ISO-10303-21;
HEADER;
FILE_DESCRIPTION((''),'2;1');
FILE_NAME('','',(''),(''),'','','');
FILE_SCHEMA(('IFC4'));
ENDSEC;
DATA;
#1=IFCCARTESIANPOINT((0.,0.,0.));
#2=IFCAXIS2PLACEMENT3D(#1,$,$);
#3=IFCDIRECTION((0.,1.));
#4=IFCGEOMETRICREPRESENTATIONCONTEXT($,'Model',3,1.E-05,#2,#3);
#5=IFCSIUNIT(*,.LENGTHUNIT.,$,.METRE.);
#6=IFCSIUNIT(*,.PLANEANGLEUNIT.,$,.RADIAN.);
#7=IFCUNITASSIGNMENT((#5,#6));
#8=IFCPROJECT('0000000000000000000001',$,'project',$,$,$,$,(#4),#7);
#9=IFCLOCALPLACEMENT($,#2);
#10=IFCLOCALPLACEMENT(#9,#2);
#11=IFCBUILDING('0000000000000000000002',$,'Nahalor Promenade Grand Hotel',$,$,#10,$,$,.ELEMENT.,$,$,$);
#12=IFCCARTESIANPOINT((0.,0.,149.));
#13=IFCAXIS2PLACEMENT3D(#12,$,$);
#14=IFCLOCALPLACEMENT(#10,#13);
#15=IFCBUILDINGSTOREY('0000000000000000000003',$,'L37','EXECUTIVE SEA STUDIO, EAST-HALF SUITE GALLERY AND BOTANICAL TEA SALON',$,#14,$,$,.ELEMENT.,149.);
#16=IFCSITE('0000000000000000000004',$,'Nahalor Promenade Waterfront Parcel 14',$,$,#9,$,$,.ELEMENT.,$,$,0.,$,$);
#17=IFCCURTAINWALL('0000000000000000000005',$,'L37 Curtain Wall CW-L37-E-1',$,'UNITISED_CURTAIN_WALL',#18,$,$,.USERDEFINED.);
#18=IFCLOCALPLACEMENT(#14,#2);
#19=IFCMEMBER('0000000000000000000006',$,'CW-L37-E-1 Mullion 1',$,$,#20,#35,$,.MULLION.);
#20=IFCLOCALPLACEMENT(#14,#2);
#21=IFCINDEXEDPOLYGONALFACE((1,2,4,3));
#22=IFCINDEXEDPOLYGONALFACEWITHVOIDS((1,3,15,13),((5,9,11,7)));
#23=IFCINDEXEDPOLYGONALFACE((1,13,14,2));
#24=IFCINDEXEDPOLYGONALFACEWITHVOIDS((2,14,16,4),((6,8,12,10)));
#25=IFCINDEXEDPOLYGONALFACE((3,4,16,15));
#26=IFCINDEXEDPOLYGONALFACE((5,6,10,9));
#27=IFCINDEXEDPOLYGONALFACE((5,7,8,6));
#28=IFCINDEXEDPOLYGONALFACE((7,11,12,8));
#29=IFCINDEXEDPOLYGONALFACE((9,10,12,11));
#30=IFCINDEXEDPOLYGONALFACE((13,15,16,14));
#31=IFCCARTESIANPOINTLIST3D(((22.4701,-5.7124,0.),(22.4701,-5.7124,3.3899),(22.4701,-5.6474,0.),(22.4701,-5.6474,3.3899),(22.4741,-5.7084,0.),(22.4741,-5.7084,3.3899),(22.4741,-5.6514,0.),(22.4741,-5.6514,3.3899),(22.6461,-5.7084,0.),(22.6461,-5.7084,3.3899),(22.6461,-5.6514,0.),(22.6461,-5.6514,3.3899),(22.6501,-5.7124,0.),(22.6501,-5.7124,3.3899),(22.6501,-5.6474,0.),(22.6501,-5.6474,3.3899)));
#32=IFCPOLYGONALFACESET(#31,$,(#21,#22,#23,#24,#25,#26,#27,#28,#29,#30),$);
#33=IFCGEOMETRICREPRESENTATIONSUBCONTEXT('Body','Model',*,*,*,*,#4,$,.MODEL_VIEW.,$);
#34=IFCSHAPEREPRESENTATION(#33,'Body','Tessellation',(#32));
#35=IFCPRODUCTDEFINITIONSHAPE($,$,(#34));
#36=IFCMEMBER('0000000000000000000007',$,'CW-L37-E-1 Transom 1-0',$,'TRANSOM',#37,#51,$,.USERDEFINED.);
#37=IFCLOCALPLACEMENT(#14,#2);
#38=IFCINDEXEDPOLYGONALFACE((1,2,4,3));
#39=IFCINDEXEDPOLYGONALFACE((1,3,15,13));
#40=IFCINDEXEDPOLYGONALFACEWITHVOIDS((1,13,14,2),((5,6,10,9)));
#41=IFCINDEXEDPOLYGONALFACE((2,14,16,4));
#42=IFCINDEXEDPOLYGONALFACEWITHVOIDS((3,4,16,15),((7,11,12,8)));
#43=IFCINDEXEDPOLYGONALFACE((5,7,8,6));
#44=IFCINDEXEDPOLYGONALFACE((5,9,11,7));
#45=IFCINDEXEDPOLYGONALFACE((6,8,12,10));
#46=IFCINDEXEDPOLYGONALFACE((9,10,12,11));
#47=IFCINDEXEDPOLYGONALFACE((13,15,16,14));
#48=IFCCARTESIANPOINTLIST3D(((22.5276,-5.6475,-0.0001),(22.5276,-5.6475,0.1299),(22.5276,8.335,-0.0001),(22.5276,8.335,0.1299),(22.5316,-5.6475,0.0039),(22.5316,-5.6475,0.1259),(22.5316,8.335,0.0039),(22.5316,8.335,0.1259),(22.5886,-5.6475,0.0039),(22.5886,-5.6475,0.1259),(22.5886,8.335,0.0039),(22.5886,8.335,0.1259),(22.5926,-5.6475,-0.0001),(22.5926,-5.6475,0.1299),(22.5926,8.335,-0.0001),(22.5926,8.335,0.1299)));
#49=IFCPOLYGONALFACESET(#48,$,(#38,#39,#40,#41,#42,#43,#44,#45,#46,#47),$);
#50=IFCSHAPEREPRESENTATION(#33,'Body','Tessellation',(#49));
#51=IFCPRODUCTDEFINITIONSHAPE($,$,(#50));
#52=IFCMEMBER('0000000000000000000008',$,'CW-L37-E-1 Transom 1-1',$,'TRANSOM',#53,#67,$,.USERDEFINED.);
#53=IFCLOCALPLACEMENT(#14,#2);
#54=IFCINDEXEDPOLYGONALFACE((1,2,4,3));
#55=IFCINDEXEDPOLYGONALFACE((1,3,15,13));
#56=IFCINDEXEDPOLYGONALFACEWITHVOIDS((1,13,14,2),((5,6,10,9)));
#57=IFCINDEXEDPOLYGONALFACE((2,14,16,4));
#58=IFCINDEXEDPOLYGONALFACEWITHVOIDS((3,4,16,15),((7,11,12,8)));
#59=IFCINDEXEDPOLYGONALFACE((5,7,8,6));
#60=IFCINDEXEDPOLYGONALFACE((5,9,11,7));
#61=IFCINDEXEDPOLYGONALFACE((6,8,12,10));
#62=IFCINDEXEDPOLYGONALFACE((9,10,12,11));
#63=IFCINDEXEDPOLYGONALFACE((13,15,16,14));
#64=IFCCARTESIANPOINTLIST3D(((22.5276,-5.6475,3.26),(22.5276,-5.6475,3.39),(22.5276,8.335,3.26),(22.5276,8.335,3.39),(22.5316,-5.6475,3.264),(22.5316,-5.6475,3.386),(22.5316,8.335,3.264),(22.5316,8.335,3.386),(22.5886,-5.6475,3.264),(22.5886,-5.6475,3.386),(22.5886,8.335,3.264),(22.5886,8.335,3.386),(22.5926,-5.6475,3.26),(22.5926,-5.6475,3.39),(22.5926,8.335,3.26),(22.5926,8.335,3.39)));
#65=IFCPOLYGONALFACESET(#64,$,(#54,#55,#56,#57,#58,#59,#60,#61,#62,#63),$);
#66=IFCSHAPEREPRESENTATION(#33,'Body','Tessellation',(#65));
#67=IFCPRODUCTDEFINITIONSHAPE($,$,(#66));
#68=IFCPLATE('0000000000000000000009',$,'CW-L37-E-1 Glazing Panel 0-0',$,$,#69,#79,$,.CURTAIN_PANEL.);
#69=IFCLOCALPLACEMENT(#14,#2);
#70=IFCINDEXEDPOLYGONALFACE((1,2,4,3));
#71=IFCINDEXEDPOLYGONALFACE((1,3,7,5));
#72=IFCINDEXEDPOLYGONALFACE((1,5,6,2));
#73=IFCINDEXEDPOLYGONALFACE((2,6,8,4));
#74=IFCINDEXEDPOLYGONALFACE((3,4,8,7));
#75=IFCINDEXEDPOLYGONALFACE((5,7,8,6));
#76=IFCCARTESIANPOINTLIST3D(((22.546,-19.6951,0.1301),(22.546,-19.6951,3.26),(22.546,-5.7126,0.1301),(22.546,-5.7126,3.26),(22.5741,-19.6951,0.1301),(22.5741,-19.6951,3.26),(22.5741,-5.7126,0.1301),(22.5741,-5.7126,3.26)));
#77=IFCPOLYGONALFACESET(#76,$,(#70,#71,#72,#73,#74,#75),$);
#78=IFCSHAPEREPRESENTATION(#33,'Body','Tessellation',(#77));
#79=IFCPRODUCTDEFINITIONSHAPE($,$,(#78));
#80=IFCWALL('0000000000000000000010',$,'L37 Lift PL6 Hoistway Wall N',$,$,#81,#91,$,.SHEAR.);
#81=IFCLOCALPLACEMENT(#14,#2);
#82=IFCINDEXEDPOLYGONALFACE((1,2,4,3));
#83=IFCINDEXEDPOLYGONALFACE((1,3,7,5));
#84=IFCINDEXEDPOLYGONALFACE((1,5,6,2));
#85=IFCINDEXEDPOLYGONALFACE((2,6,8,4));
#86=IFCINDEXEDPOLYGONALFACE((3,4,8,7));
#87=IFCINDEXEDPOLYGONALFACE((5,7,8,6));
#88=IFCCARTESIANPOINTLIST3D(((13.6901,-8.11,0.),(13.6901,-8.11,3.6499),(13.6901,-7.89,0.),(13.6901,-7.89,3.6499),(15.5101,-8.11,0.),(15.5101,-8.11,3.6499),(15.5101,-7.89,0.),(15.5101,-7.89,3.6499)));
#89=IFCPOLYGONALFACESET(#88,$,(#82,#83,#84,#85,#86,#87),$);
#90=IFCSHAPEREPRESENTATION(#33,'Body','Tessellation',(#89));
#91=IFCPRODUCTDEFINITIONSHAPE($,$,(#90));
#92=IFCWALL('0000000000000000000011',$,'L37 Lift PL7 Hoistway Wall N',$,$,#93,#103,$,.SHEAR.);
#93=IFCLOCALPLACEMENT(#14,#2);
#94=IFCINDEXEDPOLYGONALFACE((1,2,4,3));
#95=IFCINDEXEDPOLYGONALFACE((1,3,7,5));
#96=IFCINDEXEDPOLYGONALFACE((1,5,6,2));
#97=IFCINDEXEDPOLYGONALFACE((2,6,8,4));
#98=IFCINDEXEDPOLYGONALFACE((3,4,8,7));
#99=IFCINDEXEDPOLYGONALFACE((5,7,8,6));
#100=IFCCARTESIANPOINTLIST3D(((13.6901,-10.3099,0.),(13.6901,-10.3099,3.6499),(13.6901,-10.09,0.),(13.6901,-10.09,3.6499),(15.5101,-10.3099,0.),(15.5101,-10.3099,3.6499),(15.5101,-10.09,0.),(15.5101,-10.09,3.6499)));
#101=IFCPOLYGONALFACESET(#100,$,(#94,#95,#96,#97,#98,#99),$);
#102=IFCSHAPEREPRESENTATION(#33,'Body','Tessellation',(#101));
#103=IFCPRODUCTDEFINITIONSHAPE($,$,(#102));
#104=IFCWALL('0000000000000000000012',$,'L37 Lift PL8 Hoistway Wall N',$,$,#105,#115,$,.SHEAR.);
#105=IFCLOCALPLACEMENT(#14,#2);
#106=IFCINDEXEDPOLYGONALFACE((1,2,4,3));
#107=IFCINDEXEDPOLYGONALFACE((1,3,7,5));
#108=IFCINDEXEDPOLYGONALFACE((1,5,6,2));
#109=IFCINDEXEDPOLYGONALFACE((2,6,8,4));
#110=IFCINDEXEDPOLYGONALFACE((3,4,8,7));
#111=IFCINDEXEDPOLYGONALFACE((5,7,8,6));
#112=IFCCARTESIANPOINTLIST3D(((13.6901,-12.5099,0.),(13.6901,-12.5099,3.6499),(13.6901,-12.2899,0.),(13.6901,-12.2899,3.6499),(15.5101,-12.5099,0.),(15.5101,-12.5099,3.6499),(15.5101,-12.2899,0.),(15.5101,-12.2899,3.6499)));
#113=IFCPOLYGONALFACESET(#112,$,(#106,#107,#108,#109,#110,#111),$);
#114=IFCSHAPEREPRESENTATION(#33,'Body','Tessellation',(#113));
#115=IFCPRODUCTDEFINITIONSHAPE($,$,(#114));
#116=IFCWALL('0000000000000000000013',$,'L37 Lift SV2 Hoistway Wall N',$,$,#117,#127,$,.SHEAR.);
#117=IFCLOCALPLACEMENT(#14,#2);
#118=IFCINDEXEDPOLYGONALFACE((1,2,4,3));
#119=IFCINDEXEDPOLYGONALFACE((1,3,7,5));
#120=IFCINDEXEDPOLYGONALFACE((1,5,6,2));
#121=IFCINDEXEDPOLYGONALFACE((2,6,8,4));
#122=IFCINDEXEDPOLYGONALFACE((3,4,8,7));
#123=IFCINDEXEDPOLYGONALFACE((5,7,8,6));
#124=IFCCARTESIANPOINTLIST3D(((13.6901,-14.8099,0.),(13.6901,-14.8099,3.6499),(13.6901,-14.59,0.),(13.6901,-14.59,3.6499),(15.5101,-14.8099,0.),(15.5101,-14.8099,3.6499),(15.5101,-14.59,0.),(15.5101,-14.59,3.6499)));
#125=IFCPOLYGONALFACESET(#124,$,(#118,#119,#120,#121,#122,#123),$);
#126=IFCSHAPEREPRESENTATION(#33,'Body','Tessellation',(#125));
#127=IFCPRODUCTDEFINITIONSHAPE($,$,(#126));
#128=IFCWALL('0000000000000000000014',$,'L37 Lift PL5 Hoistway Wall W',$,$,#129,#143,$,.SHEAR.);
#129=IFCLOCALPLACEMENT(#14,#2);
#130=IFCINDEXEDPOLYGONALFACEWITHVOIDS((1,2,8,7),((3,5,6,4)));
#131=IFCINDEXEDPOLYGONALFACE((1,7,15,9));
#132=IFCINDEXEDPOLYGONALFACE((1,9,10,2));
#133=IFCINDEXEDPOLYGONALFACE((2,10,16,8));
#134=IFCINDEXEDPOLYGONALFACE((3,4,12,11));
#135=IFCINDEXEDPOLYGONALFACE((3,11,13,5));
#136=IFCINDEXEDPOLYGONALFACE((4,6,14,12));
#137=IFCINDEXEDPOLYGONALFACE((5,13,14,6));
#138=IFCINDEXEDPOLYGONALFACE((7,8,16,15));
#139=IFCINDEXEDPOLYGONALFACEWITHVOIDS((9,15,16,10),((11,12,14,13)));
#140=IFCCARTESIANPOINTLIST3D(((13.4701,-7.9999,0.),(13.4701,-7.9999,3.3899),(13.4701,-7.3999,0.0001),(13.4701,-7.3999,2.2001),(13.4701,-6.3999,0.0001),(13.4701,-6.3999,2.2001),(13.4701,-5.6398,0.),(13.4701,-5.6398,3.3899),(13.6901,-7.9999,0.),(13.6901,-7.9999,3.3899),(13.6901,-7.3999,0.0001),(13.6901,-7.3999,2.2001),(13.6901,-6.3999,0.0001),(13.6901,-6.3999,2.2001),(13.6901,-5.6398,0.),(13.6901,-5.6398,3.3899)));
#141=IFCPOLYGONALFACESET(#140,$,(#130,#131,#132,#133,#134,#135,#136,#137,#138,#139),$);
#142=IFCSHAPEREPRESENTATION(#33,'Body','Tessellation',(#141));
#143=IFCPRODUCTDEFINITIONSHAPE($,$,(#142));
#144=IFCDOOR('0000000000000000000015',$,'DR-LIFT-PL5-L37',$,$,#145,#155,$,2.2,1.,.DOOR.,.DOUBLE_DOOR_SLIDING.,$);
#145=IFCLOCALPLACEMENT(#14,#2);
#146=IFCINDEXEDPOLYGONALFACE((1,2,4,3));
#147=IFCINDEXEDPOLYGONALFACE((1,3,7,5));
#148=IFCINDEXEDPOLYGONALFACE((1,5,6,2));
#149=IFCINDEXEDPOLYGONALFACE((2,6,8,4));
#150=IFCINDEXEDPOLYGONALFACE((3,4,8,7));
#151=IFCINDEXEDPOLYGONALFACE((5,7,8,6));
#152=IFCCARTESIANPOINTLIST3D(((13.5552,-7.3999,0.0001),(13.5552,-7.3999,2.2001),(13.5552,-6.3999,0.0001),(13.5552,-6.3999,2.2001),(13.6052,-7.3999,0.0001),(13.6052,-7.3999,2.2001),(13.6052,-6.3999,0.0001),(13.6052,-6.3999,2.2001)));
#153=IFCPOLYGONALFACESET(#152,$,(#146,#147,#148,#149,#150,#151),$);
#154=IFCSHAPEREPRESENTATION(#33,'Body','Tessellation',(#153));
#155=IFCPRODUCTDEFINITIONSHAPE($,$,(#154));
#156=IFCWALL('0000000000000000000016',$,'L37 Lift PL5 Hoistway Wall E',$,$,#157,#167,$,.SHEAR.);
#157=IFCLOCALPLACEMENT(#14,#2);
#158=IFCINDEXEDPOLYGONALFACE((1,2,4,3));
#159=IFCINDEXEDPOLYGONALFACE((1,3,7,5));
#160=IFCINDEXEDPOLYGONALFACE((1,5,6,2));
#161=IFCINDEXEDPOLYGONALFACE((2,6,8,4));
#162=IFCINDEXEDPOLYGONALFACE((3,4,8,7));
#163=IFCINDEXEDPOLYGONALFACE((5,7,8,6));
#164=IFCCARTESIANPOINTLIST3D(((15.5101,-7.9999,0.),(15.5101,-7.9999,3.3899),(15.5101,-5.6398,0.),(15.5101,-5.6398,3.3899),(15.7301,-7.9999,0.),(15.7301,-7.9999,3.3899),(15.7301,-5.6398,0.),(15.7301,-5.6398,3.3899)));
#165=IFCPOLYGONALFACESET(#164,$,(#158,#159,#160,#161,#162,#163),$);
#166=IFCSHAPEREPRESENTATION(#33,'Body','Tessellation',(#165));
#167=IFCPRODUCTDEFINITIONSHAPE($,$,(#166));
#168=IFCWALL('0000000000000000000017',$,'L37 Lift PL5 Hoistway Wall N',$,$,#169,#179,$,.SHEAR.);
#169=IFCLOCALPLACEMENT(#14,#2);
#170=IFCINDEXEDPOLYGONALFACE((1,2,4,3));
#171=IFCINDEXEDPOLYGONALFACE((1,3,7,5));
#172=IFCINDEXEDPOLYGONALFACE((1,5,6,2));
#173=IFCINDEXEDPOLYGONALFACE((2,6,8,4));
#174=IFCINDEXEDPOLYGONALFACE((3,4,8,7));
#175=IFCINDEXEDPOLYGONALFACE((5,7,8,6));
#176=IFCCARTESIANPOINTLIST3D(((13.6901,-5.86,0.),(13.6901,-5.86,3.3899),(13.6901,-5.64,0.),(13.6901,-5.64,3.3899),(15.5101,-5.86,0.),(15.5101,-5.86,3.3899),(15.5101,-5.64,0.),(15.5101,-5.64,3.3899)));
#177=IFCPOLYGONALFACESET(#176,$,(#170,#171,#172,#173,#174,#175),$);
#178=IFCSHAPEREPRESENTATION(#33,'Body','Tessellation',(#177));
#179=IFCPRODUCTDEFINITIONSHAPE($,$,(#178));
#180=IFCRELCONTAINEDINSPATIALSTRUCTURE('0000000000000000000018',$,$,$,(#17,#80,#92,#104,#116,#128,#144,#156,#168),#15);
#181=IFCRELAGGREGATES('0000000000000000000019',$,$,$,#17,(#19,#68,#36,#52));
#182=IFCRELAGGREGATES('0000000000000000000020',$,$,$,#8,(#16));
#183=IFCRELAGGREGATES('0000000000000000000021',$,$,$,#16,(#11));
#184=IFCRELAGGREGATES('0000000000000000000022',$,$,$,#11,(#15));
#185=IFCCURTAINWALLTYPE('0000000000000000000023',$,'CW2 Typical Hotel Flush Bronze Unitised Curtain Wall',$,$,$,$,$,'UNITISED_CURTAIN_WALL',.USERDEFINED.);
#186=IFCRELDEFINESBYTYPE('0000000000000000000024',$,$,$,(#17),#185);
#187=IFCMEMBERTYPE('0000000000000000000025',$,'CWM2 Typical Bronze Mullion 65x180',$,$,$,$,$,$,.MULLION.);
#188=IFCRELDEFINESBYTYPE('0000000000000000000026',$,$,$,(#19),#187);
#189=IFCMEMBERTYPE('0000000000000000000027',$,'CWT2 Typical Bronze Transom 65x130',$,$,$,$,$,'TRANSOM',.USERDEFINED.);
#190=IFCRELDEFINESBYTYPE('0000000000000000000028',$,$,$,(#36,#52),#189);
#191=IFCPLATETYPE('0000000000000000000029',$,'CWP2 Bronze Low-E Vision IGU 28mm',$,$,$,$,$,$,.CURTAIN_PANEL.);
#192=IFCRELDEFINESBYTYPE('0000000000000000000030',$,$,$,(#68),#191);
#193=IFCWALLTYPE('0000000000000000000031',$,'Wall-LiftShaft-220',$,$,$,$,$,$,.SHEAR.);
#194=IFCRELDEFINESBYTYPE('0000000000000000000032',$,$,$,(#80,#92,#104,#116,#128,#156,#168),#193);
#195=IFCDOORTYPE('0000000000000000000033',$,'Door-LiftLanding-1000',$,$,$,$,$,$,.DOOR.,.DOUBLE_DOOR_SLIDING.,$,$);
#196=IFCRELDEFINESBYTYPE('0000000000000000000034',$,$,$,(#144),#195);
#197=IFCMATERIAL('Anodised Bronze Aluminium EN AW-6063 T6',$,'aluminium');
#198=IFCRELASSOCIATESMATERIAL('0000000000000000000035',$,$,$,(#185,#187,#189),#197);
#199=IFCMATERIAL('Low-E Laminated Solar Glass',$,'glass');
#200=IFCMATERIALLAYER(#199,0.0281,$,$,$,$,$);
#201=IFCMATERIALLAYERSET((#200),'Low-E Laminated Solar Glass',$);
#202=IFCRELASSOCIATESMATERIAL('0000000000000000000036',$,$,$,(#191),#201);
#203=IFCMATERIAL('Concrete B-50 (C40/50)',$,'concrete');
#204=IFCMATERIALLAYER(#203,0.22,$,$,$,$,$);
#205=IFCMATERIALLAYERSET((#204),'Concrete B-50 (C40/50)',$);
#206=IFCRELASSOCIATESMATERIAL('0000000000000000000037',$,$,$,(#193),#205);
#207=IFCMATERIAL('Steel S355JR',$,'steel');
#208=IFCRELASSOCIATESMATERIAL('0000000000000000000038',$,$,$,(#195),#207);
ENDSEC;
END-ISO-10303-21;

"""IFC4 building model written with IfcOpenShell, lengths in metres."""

from ifc_helpers import new_model, si_unit, direction, frame, frame_2d, origin, origin_2d, place, context, subcontext, project, spatial, rectangle, hollow_rectangle, extrude, source, transform, mapped, material, layer, layer_set, material_profile, profile_set, type_object, element, fill, aggregate, save


model = new_model("IFC4")

# Units and contexts
model_context = context("Model", 3, precision=1e-05, world=origin(), true_north=direction((0.0, 1.0)))
body_context = subcontext(model_context, "Body", "Model", "MODEL_VIEW")
ifc_project = project(units=[si_unit("LENGTHUNIT", "METRE"), si_unit("PLANEANGLEUNIT", "RADIAN")], contexts=[model_context])

# Site, building, storey
site_placement = place(None, origin())
site = spatial("IfcSite", under=ifc_project, at=site_placement, Name="Nahalor Promenade Waterfront Parcel 14", CompositionType="ELEMENT", RefElevation=0.0)
building_placement = place(site_placement, origin())
building = spatial("IfcBuilding", under=site, at=building_placement, Name="Nahalor Promenade Grand Hotel", CompositionType="ELEMENT")
storey_placement = place(building_placement, frame((0.0, 0.0, 149.0)))
storey = spatial("IfcBuildingStorey", under=building, at=storey_placement, Name="L37", Description="EXECUTIVE SEA STUDIO, EAST-HALF SUITE GALLERY AND BOTANICAL TEA SALON", CompositionType="ELEMENT", Elevation=149.0)

# Shared definitions
ifc_material_1 = material(Name="Steel S355JR", Category="steel")

# Curtain wall, members, plate
ifc_material_2 = material(Name="Anodised Bronze Aluminium EN AW-6063 T6", Category="aluminium")
curtain_wall_type = type_object("IfcCurtainWallType", Name="CW2 Typical Hotel Flush Bronze Unitised Curtain Wall", ElementType="UNITISED_CURTAIN_WALL", PredefinedType="USERDEFINED", material=ifc_material_2)
curtain_wall_placement = place(storey_placement, origin())
curtain_wall = element("IfcCurtainWall", 1, at=curtain_wall_placement, inside=storey, type_object=curtain_wall_type, Name="L37 Curtain Wall CW-L37-E-1", ObjectType="UNITISED_CURTAIN_WALL", PredefinedType="USERDEFINED")
ifc_material_profile_1 = material_profile(ifc_material_2, hollow_rectangle(XDim=0.065, YDim=0.18, WallThickness=0.004, at=origin_2d()), Name="CWM 65x180x4")
ifc_profile_set_1 = profile_set([ifc_material_profile_1], Name="Anodised Bronze Aluminium EN AW-6063 T6")
member_type_1 = type_object("IfcMemberType", Name="CWM2 Typical Bronze Mullion 65x180", PredefinedType="MULLION", material=ifc_profile_set_1)
shared_shape_1 = source(origin(), body_context, "Body", "SweptSolid", [
    extrude(hollow_rectangle(XDim=0.065, YDim=0.18, WallThickness=0.004, at=origin_2d()), origin(), (0.0, 0.0, 1.0), 3.3899),
])
member_1_placement = place(storey_placement, frame((22.5601, -5.6799, 0.0), z_axis=(0.0, 0.0, 1.0), x_axis=(0.0, 1.0, 0.0)))
member_1 = element("IfcMember", 2, at=member_1_placement, type_object=member_type_1, Name="CW-L37-E-1 Mullion 1", PredefinedType="MULLION", context=body_context, shape_type="MappedRepresentation", body=[
    mapped(shared_shape_1, transform((0.0, 0.0, 0.0), scale=1.0)),
])
ifc_material_profile_2 = material_profile(ifc_material_2, hollow_rectangle(XDim=0.065, YDim=0.13, WallThickness=0.004, at=origin_2d()), Name="CWT 65x130x4")
ifc_profile_set_2 = profile_set([ifc_material_profile_2], Name="Anodised Bronze Aluminium EN AW-6063 T6")
member_type_2 = type_object("IfcMemberType", Name="CWT2 Typical Bronze Transom 65x130", ElementType="TRANSOM", PredefinedType="USERDEFINED", material=ifc_profile_set_2)
shared_shape_2 = source(origin(), body_context, "Body", "SweptSolid", [
    extrude(hollow_rectangle(XDim=0.065, YDim=0.13, WallThickness=0.004, at=origin_2d()), origin(), (0.0, 0.0, 1.0), 13.9824),
])
member_2_placement = place(storey_placement, frame((22.5601, -5.6475, 0.0649), z_axis=(0.0, 1.0, 0.0), x_axis=(-1.0, 0.0, 0.0)))
member_2 = element("IfcMember", 3, at=member_2_placement, type_object=member_type_2, Name="CW-L37-E-1 Transom 1-0", ObjectType="TRANSOM", PredefinedType="USERDEFINED", context=body_context, shape_type="MappedRepresentation", body=[
    mapped(shared_shape_2, transform((0.0, 0.0, 0.0), scale=1.0)),
])
member_3_placement = place(storey_placement, frame((22.5601, -5.6475, 3.325), z_axis=(0.0, 1.0, 0.0), x_axis=(-1.0, 0.0, 0.0)))
member_3 = element("IfcMember", 4, at=member_3_placement, type_object=member_type_2, Name="CW-L37-E-1 Transom 1-1", ObjectType="TRANSOM", PredefinedType="USERDEFINED", context=body_context, shape_type="MappedRepresentation", body=[
    mapped(shared_shape_2, transform((0.0, 0.0, 0.0), scale=1.0)),
])
ifc_material_3 = material(Name="Low-E Laminated Solar Glass", Category="glass")
ifc_layer_1 = layer(ifc_material_3, 0.0281)
ifc_layer_set_1 = layer_set([ifc_layer_1], Name="Low-E Laminated Solar Glass")
plate_type = type_object("IfcPlateType", Name="CWP2 Bronze Low-E Vision IGU 28mm", PredefinedType="CURTAIN_PANEL", material=ifc_layer_set_1)
shared_shape_3 = source(origin(), body_context, "Body", "SweptSolid", [
    extrude(rectangle(XDim=13.9824, YDim=0.0281, at=origin_2d()), origin(), (0.0, 0.0, 1.0), 3.1299),
])
plate_placement = place(storey_placement, frame((22.5601, -12.7039, 0.1301), z_axis=(0.0, 0.0, 1.0), x_axis=(0.0, 1.0, 0.0)))
plate = element("IfcPlate", 5, at=plate_placement, type_object=plate_type, Name="CW-L37-E-1 Glazing Panel 0-0", PredefinedType="CURTAIN_PANEL", context=body_context, shape_type="MappedRepresentation", body=[
    mapped(shared_shape_3, transform((0.0, 0.0, 0.0), scale=1.0)),
])
aggregate(curtain_wall, [member_1, plate, member_2, member_3])

# Walls
ifc_material_4 = material(Name="Concrete B-50 (C40/50)", Category="concrete")
ifc_layer_2 = layer(ifc_material_4, 0.22)
ifc_layer_set_2 = layer_set([ifc_layer_2], Name="Concrete B-50 (C40/50)")
wall_type = type_object("IfcWallType", Name="Wall-LiftShaft-220", PredefinedType="SHEAR", material=ifc_layer_set_2)
shared_shape_4 = source(origin(), body_context, "Body", "SweptSolid", [
    extrude(rectangle(XDim=1.8201, YDim=0.22, at=frame_2d((0.9102, 0.0))), origin(), (0.0, 0.0, 1.0), 3.6499),
])
for number, where, z_axis, x_axis, name in (
    (6, (13.6899, -8.0, 0.0), (0.0, 0.0, 1.0), (1.0, 0.0, 0.0), "L37 Lift PL6 Hoistway Wall N"),
    (7, (13.6899, -10.2, 0.0), (0.0, 0.0, 1.0), (1.0, 0.0, 0.0), "L37 Lift PL7 Hoistway Wall N"),
    (8, (13.6899, -12.3999, 0.0), (0.0, 0.0, 1.0), (1.0, 0.0, 0.0), "L37 Lift PL8 Hoistway Wall N"),
    (9, (13.6899, -14.7, 0.0), (0.0, 0.0, 1.0), (1.0, 0.0, 0.0), "L37 Lift SV2 Hoistway Wall N"),
):
    element("IfcWall", number, at=place(storey_placement, frame(where, z_axis=z_axis, x_axis=x_axis)), inside=storey, type_object=wall_type, Name=name, PredefinedType="SHEAR", context=body_context, shape_type="MappedRepresentation", body=[
        mapped(shared_shape_4, transform((0.0, 0.0, 0.0), scale=1.0)),
    ])

# Wall, opening, door
shared_shape_5 = source(origin(), body_context, "Body", "SweptSolid", [
    extrude(rectangle(XDim=2.3601, YDim=0.22, at=frame_2d((1.1802, 0.0))), origin(), (0.0, 0.0, 1.0), 3.3899),
])
wall_1_placement = place(storey_placement, frame((13.5801, -8.0, 0.0), z_axis=(0.0, 0.0, 1.0), x_axis=(0.0, 1.0, 0.0)))
wall_1 = element("IfcWall", 10, at=wall_1_placement, inside=storey, type_object=wall_type, Name="L37 Lift PL5 Hoistway Wall W", PredefinedType="SHEAR", context=body_context, shape_type="MappedRepresentation", body=[
    mapped(shared_shape_5, transform((0.0, 0.0, 0.0), scale=1.0)),
])
opening_1_placement = place(wall_1_placement, frame((0.6001, 0.0, 0.0)))
opening_1 = element("IfcOpeningElement", 11, at=opening_1_placement, cuts=wall_1, PredefinedType="OPENING", context=body_context, shape_type="SweptSolid", body=[
    extrude(rectangle(XDim=1.0, YDim=2.2, at=frame_2d((0.5, 1.1001))), frame((0.0, 0.1199, 0.0), z_axis=(0.0, -1.0, 0.0), x_axis=(1.0, 0.0, 0.0)), (0.0, 0.0, 1.0), 0.24),
])
door_type = type_object("IfcDoorType", Name="Door-LiftLanding-1000", OperationType="DOUBLE_DOOR_SLIDING", PredefinedType="DOOR", material=ifc_material_1)
shared_shape_6 = source(origin(), body_context, "Body", "SweptSolid", [
    extrude(rectangle(XDim=1.0, YDim=2.2, at=frame_2d((0.5, 1.1001))), frame((0.0, 0.0249, 0.0), z_axis=(0.0, -1.0, 0.0), x_axis=(1.0, 0.0, 0.0)), (0.0, 0.0, 1.0), 0.05),
])
door_1_placement = place(opening_1_placement, origin())
door_1 = element("IfcDoor", 12, at=door_1_placement, inside=storey, type_object=door_type, Name="DR-LIFT-PL5-L37", OperationType="DOUBLE_DOOR_SLIDING", OverallHeight=2.2, OverallWidth=1.0, PredefinedType="DOOR", context=body_context, shape_type="MappedRepresentation", body=[
    mapped(shared_shape_6, transform((0.0, 0.0, 0.0), scale=1.0)),
])
fill(opening_1, door_1)

# Walls
wall_2_placement = place(storey_placement, frame((15.6201, -8.0, 0.0), z_axis=(0.0, 0.0, 1.0), x_axis=(0.0, 1.0, 0.0)))
element("IfcWall", 13, at=wall_2_placement, inside=storey, type_object=wall_type, Name="L37 Lift PL5 Hoistway Wall E", PredefinedType="SHEAR", context=body_context, shape_type="MappedRepresentation", body=[
    mapped(shared_shape_5, transform((0.0, 0.0, 0.0), scale=1.0)),
])
shared_shape_7 = source(origin(), body_context, "Body", "SweptSolid", [
    extrude(rectangle(XDim=1.8201, YDim=0.22, at=frame_2d((0.9102, 0.0))), origin(), (0.0, 0.0, 1.0), 3.3899),
])
wall_3_placement = place(storey_placement, frame((13.6899, -5.75, 0.0), z_axis=(0.0, 0.0, 1.0), x_axis=(1.0, 0.0, 0.0)))
element("IfcWall", 14, at=wall_3_placement, inside=storey, type_object=wall_type, Name="L37 Lift PL5 Hoistway Wall N", PredefinedType="SHEAR", context=body_context, shape_type="MappedRepresentation", body=[
    mapped(shared_shape_7, transform((0.0, 0.0, 0.0), scale=1.0)),
])

save(model, "model.ifc")
